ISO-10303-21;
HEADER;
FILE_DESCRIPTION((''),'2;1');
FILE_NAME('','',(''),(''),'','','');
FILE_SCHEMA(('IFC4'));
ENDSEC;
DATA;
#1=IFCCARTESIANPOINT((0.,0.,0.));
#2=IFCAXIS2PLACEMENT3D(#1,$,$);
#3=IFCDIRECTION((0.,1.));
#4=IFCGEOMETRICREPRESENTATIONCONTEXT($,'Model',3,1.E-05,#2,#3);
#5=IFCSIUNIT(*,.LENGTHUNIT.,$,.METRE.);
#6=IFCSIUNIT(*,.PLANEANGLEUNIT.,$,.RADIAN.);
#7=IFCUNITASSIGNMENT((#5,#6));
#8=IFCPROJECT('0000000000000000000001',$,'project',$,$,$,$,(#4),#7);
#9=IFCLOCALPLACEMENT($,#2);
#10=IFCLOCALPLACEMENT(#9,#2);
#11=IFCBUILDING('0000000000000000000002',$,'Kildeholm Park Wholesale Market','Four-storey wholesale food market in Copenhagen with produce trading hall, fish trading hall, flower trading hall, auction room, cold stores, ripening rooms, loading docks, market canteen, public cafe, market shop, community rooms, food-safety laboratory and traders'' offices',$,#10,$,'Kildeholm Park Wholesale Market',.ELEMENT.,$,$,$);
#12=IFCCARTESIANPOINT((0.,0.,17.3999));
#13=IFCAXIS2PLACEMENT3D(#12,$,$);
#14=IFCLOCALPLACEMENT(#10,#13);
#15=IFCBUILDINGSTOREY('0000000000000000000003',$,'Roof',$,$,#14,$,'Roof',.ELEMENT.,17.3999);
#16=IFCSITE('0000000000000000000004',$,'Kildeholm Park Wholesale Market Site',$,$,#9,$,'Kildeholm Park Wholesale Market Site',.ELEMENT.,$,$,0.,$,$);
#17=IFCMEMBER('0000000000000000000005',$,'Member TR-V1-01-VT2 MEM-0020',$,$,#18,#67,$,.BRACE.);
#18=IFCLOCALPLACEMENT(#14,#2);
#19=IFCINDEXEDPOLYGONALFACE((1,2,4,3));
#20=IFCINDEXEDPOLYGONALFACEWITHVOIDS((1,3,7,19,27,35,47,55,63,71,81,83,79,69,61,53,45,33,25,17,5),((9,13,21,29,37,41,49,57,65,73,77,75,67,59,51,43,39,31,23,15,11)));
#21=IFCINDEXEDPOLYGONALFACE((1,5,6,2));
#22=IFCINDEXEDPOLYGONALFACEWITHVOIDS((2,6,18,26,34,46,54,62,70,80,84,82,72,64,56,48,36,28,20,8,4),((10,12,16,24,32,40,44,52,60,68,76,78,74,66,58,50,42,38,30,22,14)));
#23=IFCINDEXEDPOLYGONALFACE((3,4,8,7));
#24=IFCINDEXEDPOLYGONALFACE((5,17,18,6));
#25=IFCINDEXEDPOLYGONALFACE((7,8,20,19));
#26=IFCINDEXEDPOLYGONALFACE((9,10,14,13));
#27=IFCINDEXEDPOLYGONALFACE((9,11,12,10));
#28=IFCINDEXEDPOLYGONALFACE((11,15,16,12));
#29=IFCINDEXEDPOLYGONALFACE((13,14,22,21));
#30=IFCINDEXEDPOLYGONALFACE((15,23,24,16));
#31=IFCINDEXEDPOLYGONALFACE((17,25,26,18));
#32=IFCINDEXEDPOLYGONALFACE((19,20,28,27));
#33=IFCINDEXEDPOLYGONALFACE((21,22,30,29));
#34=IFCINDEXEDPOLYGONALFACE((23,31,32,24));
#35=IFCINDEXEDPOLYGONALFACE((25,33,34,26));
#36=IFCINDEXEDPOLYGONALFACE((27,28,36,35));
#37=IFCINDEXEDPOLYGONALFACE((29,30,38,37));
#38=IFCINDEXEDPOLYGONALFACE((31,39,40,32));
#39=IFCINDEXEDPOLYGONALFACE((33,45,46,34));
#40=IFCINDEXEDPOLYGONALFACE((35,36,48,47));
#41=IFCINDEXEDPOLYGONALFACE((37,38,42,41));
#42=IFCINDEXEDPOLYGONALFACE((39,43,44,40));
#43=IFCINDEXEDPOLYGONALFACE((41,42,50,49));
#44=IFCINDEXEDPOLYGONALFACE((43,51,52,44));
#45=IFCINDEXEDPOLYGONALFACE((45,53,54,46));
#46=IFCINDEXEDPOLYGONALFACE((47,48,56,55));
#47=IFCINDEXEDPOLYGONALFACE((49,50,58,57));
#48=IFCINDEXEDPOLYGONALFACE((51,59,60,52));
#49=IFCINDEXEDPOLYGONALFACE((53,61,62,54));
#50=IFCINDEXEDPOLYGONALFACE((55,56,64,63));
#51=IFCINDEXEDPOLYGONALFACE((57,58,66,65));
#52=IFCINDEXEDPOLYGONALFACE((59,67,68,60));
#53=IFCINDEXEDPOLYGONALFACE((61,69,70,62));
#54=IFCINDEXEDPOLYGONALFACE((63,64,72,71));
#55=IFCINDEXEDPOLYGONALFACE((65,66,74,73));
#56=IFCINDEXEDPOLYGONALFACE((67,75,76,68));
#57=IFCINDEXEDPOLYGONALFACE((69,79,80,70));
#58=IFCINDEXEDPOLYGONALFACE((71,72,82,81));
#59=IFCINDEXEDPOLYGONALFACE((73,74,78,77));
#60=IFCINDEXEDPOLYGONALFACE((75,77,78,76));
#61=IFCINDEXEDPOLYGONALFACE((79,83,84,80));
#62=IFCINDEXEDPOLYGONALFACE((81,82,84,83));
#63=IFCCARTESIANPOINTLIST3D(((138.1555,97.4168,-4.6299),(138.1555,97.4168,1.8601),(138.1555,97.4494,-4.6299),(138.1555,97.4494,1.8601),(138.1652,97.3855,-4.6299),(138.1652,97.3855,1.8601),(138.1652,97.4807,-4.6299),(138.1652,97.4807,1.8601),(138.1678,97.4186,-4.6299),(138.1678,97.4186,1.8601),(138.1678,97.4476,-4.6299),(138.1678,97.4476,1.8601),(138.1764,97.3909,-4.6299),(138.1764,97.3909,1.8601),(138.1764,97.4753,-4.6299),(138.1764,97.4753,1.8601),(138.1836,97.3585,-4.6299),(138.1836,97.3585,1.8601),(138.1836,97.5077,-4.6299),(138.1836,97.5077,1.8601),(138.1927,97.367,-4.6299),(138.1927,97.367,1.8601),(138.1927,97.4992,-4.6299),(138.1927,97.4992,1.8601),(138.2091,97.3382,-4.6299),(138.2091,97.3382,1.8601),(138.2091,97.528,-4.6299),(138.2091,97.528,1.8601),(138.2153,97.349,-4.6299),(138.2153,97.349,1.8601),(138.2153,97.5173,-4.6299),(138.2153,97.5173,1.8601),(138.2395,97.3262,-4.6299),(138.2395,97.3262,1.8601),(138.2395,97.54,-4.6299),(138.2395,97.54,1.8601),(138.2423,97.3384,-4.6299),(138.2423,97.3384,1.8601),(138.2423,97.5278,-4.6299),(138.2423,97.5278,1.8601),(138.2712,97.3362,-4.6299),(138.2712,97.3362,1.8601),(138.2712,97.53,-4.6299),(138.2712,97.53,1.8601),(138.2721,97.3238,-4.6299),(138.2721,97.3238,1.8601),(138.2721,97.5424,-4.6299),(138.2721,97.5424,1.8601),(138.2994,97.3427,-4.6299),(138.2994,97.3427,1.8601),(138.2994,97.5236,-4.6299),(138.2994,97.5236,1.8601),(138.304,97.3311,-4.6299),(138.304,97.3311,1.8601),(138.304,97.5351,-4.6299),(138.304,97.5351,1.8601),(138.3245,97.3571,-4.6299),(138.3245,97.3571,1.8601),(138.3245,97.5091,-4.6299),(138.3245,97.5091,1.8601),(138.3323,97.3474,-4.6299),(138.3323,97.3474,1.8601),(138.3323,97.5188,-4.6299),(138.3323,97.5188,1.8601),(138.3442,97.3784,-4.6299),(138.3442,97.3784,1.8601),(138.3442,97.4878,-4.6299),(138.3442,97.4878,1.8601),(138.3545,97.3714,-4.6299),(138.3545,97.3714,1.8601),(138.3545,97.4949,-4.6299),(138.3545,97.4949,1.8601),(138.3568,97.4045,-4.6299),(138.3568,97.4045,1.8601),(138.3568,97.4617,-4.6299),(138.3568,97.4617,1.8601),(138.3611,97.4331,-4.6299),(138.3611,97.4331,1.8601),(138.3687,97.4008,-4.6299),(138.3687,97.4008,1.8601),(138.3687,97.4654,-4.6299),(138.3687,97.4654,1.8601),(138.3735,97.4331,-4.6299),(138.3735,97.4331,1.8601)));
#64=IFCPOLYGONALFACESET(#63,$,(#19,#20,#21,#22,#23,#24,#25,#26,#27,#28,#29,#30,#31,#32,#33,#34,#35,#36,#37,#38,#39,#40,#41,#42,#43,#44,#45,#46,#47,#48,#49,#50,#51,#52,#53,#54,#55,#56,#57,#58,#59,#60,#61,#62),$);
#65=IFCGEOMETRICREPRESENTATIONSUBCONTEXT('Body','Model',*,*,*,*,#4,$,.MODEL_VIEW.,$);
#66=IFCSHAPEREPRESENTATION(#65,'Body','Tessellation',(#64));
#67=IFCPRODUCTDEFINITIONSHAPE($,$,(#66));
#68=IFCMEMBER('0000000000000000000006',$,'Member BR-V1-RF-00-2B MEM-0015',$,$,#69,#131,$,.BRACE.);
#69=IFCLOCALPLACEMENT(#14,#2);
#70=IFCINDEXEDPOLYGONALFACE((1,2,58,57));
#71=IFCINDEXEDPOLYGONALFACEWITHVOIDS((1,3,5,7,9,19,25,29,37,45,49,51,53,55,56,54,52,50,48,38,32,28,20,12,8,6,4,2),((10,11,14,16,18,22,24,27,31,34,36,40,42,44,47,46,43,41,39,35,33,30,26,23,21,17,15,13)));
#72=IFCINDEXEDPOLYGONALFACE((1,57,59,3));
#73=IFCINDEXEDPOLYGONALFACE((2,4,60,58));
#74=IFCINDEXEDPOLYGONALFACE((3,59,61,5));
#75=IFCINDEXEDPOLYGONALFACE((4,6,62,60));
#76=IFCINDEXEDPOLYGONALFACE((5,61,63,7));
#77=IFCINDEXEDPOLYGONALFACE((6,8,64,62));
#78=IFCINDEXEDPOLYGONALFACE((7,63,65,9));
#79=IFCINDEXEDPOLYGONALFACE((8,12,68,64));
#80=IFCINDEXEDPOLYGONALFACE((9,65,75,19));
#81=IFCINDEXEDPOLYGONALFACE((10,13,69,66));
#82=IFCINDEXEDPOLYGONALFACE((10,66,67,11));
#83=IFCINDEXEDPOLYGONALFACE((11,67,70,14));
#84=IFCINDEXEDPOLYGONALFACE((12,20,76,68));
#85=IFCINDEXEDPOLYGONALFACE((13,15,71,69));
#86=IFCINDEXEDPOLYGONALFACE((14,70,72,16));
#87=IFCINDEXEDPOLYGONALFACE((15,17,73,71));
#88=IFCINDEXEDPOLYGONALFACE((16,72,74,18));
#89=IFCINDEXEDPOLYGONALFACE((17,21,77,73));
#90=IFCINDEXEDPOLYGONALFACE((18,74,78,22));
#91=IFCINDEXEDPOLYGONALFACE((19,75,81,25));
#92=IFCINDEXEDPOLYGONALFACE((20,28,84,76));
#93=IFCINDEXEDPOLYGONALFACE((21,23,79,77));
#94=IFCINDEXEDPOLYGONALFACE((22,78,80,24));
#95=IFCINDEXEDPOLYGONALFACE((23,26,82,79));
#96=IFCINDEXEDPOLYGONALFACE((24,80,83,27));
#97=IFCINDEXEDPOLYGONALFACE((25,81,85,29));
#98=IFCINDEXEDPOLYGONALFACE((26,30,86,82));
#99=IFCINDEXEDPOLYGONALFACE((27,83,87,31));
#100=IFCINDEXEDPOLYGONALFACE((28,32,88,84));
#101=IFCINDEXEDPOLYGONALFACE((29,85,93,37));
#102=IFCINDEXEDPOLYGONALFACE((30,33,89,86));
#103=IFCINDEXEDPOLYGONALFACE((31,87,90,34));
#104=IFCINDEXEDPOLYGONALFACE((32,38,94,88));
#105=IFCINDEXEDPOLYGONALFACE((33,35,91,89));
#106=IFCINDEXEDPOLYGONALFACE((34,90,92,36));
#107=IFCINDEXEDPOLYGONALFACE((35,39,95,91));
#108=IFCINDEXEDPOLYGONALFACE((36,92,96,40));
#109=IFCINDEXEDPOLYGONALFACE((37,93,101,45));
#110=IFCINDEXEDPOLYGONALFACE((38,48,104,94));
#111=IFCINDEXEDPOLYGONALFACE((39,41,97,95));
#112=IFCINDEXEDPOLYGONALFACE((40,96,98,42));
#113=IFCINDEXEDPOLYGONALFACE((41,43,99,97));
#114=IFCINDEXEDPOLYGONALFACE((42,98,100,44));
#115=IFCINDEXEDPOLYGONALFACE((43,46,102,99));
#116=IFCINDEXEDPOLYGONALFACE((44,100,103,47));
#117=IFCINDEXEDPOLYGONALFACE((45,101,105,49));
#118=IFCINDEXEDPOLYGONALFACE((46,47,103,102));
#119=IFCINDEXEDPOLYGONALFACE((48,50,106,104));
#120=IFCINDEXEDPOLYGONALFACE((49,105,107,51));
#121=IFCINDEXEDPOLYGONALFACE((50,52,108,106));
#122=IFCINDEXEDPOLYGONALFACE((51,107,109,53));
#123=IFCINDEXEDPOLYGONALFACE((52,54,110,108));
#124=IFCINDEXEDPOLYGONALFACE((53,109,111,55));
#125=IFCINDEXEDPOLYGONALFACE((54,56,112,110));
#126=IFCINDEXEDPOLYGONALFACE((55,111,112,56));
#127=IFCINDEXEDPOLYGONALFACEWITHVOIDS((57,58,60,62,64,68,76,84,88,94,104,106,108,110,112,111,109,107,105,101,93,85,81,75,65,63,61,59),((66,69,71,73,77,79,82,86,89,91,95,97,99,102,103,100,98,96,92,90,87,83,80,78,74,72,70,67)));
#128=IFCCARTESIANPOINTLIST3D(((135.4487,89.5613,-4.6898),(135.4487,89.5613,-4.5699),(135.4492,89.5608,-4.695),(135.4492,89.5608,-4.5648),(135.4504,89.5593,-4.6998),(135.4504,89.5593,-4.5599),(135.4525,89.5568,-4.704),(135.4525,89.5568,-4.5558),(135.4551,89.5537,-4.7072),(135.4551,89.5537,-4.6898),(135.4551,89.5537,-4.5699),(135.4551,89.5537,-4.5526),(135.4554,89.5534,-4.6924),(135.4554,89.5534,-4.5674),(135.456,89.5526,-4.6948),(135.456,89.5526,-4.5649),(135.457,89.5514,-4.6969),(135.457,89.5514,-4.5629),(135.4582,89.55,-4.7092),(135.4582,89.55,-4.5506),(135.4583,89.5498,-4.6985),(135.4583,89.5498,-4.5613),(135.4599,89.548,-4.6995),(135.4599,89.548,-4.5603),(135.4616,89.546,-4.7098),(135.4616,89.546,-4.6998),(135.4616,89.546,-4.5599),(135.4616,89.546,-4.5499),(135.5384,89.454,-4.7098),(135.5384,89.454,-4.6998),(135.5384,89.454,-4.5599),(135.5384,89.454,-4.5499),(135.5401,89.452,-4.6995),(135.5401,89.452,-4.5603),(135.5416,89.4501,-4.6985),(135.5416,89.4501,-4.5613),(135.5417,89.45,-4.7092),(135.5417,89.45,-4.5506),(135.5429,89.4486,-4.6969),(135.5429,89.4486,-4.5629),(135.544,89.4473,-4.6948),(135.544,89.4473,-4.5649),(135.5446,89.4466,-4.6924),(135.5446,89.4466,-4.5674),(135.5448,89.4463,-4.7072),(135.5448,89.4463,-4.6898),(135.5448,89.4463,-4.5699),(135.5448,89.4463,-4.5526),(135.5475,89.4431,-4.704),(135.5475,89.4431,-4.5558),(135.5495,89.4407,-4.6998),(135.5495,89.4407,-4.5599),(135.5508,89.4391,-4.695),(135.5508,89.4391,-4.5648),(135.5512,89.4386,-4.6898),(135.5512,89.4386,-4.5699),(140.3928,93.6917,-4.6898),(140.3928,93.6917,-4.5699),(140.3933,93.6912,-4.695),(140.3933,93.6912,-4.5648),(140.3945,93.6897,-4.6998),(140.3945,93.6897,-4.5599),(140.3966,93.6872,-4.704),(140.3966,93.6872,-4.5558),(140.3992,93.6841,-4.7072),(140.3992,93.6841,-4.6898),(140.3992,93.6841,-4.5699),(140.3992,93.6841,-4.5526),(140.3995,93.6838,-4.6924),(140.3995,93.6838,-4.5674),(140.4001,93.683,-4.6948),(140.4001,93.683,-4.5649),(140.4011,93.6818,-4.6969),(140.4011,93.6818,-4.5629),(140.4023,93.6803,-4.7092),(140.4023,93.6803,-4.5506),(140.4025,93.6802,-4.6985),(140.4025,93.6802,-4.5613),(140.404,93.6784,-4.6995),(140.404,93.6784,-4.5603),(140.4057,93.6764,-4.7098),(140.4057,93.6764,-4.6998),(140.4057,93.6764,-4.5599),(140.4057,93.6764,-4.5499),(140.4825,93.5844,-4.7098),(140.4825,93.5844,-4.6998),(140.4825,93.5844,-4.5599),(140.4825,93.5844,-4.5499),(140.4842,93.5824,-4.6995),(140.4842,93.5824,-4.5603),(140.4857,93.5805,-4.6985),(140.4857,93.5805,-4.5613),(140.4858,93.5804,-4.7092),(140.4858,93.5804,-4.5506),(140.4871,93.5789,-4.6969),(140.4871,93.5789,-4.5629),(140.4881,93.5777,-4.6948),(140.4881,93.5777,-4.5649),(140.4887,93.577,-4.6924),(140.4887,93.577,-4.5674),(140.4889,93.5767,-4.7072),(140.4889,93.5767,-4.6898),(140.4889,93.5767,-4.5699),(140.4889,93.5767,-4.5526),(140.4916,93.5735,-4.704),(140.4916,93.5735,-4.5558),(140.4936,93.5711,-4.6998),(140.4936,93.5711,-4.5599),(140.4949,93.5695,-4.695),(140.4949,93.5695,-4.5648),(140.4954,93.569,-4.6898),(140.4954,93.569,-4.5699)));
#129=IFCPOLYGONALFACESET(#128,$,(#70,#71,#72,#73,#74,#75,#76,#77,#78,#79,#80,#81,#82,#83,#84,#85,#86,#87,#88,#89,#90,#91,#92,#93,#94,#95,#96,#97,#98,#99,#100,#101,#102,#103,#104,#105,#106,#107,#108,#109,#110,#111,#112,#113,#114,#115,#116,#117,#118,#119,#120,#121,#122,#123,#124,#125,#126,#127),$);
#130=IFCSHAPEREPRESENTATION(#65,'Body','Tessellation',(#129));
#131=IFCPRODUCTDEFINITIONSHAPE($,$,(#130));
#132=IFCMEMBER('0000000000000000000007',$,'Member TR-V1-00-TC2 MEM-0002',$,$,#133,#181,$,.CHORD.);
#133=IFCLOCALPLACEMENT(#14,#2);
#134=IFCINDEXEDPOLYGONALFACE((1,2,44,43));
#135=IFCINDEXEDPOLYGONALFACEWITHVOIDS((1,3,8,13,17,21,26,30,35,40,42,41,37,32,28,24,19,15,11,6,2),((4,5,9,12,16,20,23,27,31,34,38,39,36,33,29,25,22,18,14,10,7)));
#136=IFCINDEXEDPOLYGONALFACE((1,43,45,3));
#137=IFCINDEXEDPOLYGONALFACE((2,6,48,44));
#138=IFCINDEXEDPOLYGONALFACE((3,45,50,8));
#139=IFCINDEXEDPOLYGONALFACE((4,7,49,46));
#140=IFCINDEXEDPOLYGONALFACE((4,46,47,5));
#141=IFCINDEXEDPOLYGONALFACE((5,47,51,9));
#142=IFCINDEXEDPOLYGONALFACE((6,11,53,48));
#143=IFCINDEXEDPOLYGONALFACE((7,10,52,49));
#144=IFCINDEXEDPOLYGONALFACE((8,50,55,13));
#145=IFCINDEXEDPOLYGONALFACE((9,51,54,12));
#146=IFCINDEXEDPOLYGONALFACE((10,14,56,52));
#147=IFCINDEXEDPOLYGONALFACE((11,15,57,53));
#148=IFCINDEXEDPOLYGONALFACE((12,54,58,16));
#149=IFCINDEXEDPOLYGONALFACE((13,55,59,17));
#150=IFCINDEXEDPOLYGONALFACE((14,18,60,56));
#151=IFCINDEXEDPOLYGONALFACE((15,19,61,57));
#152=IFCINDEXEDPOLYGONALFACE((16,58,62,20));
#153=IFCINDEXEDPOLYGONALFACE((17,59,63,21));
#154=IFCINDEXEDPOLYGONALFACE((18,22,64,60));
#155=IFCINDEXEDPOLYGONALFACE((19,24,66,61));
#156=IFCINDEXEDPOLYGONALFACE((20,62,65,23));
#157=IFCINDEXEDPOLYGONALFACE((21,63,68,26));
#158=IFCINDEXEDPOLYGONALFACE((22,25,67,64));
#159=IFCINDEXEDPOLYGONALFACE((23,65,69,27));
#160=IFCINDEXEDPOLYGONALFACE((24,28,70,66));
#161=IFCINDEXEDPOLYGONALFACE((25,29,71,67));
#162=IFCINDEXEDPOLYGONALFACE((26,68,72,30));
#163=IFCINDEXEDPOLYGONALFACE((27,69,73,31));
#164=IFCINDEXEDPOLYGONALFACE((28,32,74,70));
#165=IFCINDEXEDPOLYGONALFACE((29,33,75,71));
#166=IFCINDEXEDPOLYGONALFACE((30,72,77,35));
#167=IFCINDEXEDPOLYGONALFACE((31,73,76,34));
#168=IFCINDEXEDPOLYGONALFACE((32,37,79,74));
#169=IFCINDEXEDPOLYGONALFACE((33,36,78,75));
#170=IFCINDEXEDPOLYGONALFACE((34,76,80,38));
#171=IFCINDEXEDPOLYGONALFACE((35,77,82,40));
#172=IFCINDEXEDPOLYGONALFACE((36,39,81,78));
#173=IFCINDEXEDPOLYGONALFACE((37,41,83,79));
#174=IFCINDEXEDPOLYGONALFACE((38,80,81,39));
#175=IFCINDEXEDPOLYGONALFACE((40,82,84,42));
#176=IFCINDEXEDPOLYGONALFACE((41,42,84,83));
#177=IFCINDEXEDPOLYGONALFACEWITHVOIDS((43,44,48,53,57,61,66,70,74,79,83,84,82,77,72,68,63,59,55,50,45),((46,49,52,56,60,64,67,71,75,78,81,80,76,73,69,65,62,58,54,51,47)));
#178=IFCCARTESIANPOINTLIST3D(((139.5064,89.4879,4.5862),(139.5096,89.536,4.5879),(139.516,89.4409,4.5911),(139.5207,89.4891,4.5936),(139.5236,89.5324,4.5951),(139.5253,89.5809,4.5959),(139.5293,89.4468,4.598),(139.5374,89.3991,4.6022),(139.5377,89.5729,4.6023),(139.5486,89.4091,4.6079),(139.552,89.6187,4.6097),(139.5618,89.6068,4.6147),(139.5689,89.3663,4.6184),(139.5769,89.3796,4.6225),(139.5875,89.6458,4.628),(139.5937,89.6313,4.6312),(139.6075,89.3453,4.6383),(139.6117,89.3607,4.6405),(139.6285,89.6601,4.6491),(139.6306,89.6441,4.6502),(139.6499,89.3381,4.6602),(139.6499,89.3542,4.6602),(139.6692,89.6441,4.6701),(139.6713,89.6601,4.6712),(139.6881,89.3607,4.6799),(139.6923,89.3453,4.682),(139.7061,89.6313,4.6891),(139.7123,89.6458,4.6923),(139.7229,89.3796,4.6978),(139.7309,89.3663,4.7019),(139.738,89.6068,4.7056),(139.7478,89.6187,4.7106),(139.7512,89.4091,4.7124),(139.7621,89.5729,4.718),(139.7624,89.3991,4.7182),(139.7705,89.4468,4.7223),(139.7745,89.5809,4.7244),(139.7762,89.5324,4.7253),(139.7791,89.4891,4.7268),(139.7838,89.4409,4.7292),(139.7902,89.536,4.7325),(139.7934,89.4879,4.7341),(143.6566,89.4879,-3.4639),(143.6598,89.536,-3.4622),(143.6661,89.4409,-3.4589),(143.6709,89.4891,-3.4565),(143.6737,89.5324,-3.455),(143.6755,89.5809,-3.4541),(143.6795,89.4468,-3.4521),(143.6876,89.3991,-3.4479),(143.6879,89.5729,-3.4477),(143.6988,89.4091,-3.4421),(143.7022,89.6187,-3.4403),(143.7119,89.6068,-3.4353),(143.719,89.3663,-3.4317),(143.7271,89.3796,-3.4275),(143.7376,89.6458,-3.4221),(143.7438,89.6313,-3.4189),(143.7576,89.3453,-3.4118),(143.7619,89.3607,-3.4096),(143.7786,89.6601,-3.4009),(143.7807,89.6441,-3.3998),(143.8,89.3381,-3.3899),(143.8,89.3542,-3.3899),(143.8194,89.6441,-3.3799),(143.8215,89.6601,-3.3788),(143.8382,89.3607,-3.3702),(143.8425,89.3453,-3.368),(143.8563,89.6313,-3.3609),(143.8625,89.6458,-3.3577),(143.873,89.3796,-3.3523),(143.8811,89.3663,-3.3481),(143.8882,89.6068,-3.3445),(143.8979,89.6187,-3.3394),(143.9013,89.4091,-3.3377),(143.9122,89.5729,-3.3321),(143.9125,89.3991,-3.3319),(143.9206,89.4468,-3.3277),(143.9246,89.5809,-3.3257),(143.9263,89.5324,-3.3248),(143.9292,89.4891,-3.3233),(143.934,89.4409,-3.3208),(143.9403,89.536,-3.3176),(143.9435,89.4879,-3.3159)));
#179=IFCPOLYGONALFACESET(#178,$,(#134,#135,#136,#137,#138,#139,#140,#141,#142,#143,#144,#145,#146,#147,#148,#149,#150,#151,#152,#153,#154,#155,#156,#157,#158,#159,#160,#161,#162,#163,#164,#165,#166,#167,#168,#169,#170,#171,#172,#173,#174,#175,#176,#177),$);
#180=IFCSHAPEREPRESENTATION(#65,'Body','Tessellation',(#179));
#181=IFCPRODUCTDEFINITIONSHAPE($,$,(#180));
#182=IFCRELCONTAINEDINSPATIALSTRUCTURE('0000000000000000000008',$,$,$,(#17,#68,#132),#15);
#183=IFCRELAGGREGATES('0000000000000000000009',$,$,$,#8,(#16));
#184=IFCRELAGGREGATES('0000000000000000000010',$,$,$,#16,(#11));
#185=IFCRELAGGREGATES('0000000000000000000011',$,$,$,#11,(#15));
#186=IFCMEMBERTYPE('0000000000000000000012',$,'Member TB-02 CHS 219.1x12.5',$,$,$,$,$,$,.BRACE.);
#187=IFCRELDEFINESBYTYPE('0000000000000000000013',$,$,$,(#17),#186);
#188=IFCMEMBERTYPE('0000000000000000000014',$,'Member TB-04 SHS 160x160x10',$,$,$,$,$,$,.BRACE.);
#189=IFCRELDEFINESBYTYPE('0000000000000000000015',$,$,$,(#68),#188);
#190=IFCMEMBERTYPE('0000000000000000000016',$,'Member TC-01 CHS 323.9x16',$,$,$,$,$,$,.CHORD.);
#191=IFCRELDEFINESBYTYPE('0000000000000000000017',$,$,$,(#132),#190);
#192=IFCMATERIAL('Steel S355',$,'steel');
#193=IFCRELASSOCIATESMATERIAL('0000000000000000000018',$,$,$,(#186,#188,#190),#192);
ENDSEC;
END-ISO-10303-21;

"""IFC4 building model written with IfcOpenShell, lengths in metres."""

from ifc_helpers import new_model, si_unit, direction, frame, origin, origin_2d, place, context, subcontext, project, spatial, hollow_rectangle, hollow_circle, extrude, material, material_profile, profile_set, type_object, element, save


model = new_model("IFC4")

# Units and contexts
model_context = context("Model", 3, precision=1e-05, world=origin(), true_north=direction((0.0, 1.0)))
body_context = subcontext(model_context, "Body", "Model", "MODEL_VIEW")
ifc_project = project(units=[si_unit("LENGTHUNIT", "METRE"), si_unit("PLANEANGLEUNIT", "RADIAN")], contexts=[model_context])

# Site, building, storey
site_placement = place(None, origin())
site = spatial("IfcSite", under=ifc_project, at=site_placement, Name="Kildeholm Park Wholesale Market Site", LongName="Kildeholm Park Wholesale Market Site", CompositionType="ELEMENT", RefElevation=0.0)
building_placement = place(site_placement, origin())
building = spatial("IfcBuilding", under=site, at=building_placement, Name="Kildeholm Park Wholesale Market", Description="Four-storey wholesale food market in Copenhagen with produce trading hall, fish trading hall, flower trading hall, auction room, cold stores, ripening rooms, loading docks, market canteen, public cafe, market shop, community rooms, food-safety laboratory and traders' offices", LongName="Kildeholm Park Wholesale Market", CompositionType="ELEMENT")
storey_placement = place(building_placement, frame((0.0, 0.0, 17.3999)))
storey = spatial("IfcBuildingStorey", under=building, at=storey_placement, Name="Roof", LongName="Roof", CompositionType="ELEMENT", Elevation=17.3999)

# Members
ifc_material_1 = material(Name="Steel S355", Category="steel")
ifc_material_profile_1 = material_profile(ifc_material_1, hollow_circle(Radius=0.1096, WallThickness=0.0125, at=origin_2d()), Name="CHS 219.1x12.5")
ifc_profile_set_1 = profile_set([ifc_material_profile_1], Name="Steel S355")
member_type_1 = type_object("IfcMemberType", Name="Member TB-02 CHS 219.1x12.5", PredefinedType="BRACE", material=ifc_profile_set_1)
member_1_placement = place(storey_placement, frame((138.2639, 97.4331, -4.6299), z_axis=(0.0, 0.0, 1.0), x_axis=(1.0, 0.0, 0.0)))
element("IfcMember", 1, at=member_1_placement, inside=storey, type_object=member_type_1, Name="Member TR-V1-01-VT2 MEM-0020", PredefinedType="BRACE", context=body_context, shape_type="SweptSolid", body=[
    extrude(hollow_circle(Radius=0.1096, WallThickness=0.0125, at=origin_2d()), origin(), (0.0, 0.0, 1.0), 6.49),
])
ifc_material_profile_2 = material_profile(ifc_material_1, hollow_rectangle(XDim=0.1599, YDim=0.1599, WallThickness=0.01, InnerFilletRadius=0.01, OuterFilletRadius=0.02, at=origin_2d()), Name="SHS 160x160x10")
ifc_profile_set_2 = profile_set([ifc_material_profile_2], Name="Steel S355")
member_type_2 = type_object("IfcMemberType", Name="Member TB-04 SHS 160x160x10", PredefinedType="BRACE", material=ifc_profile_set_2)
member_2_placement = place(storey_placement, frame((140.4441, 93.6304, -4.6299), z_axis=(-0.767435, -0.641127, 0.0), x_axis=(0.641127, -0.767435, 0.0)))
element("IfcMember", 2, at=member_2_placement, inside=storey, type_object=member_type_2, Name="Member BR-V1-RF-00-2B MEM-0015", PredefinedType="BRACE", context=body_context, shape_type="SweptSolid", body=[
    extrude(hollow_rectangle(XDim=0.1599, YDim=0.1599, WallThickness=0.01, InnerFilletRadius=0.01, OuterFilletRadius=0.02, at=origin_2d()), origin(), (0.0, 0.0, 1.0), 6.4424),
])
ifc_material_profile_3 = material_profile(ifc_material_1, hollow_circle(Radius=0.1619, WallThickness=0.0161, at=origin_2d()), Name="CHS 323.9x16")
ifc_profile_set_3 = profile_set([ifc_material_profile_3], Name="Steel S355")
member_type_3 = type_object("IfcMemberType", Name="Member TC-01 CHS 323.9x16", PredefinedType="CHORD", material=ifc_profile_set_3)
member_3_placement = place(storey_placement, frame((143.8, 89.5, -3.3899), z_axis=(-0.458232, 0.0, 0.888833), x_axis=(0.0, -1.0, 0.0)))
element("IfcMember", 3, at=member_3_placement, inside=storey, type_object=member_type_3, Name="Member TR-V1-00-TC2 MEM-0002", PredefinedType="CHORD", context=body_context, shape_type="SweptSolid", body=[
    extrude(hollow_circle(Radius=0.1619, WallThickness=0.0161, at=origin_2d()), origin(), (0.0, 0.0, 1.0), 9.0569),
])

save(model, "model.ifc")
